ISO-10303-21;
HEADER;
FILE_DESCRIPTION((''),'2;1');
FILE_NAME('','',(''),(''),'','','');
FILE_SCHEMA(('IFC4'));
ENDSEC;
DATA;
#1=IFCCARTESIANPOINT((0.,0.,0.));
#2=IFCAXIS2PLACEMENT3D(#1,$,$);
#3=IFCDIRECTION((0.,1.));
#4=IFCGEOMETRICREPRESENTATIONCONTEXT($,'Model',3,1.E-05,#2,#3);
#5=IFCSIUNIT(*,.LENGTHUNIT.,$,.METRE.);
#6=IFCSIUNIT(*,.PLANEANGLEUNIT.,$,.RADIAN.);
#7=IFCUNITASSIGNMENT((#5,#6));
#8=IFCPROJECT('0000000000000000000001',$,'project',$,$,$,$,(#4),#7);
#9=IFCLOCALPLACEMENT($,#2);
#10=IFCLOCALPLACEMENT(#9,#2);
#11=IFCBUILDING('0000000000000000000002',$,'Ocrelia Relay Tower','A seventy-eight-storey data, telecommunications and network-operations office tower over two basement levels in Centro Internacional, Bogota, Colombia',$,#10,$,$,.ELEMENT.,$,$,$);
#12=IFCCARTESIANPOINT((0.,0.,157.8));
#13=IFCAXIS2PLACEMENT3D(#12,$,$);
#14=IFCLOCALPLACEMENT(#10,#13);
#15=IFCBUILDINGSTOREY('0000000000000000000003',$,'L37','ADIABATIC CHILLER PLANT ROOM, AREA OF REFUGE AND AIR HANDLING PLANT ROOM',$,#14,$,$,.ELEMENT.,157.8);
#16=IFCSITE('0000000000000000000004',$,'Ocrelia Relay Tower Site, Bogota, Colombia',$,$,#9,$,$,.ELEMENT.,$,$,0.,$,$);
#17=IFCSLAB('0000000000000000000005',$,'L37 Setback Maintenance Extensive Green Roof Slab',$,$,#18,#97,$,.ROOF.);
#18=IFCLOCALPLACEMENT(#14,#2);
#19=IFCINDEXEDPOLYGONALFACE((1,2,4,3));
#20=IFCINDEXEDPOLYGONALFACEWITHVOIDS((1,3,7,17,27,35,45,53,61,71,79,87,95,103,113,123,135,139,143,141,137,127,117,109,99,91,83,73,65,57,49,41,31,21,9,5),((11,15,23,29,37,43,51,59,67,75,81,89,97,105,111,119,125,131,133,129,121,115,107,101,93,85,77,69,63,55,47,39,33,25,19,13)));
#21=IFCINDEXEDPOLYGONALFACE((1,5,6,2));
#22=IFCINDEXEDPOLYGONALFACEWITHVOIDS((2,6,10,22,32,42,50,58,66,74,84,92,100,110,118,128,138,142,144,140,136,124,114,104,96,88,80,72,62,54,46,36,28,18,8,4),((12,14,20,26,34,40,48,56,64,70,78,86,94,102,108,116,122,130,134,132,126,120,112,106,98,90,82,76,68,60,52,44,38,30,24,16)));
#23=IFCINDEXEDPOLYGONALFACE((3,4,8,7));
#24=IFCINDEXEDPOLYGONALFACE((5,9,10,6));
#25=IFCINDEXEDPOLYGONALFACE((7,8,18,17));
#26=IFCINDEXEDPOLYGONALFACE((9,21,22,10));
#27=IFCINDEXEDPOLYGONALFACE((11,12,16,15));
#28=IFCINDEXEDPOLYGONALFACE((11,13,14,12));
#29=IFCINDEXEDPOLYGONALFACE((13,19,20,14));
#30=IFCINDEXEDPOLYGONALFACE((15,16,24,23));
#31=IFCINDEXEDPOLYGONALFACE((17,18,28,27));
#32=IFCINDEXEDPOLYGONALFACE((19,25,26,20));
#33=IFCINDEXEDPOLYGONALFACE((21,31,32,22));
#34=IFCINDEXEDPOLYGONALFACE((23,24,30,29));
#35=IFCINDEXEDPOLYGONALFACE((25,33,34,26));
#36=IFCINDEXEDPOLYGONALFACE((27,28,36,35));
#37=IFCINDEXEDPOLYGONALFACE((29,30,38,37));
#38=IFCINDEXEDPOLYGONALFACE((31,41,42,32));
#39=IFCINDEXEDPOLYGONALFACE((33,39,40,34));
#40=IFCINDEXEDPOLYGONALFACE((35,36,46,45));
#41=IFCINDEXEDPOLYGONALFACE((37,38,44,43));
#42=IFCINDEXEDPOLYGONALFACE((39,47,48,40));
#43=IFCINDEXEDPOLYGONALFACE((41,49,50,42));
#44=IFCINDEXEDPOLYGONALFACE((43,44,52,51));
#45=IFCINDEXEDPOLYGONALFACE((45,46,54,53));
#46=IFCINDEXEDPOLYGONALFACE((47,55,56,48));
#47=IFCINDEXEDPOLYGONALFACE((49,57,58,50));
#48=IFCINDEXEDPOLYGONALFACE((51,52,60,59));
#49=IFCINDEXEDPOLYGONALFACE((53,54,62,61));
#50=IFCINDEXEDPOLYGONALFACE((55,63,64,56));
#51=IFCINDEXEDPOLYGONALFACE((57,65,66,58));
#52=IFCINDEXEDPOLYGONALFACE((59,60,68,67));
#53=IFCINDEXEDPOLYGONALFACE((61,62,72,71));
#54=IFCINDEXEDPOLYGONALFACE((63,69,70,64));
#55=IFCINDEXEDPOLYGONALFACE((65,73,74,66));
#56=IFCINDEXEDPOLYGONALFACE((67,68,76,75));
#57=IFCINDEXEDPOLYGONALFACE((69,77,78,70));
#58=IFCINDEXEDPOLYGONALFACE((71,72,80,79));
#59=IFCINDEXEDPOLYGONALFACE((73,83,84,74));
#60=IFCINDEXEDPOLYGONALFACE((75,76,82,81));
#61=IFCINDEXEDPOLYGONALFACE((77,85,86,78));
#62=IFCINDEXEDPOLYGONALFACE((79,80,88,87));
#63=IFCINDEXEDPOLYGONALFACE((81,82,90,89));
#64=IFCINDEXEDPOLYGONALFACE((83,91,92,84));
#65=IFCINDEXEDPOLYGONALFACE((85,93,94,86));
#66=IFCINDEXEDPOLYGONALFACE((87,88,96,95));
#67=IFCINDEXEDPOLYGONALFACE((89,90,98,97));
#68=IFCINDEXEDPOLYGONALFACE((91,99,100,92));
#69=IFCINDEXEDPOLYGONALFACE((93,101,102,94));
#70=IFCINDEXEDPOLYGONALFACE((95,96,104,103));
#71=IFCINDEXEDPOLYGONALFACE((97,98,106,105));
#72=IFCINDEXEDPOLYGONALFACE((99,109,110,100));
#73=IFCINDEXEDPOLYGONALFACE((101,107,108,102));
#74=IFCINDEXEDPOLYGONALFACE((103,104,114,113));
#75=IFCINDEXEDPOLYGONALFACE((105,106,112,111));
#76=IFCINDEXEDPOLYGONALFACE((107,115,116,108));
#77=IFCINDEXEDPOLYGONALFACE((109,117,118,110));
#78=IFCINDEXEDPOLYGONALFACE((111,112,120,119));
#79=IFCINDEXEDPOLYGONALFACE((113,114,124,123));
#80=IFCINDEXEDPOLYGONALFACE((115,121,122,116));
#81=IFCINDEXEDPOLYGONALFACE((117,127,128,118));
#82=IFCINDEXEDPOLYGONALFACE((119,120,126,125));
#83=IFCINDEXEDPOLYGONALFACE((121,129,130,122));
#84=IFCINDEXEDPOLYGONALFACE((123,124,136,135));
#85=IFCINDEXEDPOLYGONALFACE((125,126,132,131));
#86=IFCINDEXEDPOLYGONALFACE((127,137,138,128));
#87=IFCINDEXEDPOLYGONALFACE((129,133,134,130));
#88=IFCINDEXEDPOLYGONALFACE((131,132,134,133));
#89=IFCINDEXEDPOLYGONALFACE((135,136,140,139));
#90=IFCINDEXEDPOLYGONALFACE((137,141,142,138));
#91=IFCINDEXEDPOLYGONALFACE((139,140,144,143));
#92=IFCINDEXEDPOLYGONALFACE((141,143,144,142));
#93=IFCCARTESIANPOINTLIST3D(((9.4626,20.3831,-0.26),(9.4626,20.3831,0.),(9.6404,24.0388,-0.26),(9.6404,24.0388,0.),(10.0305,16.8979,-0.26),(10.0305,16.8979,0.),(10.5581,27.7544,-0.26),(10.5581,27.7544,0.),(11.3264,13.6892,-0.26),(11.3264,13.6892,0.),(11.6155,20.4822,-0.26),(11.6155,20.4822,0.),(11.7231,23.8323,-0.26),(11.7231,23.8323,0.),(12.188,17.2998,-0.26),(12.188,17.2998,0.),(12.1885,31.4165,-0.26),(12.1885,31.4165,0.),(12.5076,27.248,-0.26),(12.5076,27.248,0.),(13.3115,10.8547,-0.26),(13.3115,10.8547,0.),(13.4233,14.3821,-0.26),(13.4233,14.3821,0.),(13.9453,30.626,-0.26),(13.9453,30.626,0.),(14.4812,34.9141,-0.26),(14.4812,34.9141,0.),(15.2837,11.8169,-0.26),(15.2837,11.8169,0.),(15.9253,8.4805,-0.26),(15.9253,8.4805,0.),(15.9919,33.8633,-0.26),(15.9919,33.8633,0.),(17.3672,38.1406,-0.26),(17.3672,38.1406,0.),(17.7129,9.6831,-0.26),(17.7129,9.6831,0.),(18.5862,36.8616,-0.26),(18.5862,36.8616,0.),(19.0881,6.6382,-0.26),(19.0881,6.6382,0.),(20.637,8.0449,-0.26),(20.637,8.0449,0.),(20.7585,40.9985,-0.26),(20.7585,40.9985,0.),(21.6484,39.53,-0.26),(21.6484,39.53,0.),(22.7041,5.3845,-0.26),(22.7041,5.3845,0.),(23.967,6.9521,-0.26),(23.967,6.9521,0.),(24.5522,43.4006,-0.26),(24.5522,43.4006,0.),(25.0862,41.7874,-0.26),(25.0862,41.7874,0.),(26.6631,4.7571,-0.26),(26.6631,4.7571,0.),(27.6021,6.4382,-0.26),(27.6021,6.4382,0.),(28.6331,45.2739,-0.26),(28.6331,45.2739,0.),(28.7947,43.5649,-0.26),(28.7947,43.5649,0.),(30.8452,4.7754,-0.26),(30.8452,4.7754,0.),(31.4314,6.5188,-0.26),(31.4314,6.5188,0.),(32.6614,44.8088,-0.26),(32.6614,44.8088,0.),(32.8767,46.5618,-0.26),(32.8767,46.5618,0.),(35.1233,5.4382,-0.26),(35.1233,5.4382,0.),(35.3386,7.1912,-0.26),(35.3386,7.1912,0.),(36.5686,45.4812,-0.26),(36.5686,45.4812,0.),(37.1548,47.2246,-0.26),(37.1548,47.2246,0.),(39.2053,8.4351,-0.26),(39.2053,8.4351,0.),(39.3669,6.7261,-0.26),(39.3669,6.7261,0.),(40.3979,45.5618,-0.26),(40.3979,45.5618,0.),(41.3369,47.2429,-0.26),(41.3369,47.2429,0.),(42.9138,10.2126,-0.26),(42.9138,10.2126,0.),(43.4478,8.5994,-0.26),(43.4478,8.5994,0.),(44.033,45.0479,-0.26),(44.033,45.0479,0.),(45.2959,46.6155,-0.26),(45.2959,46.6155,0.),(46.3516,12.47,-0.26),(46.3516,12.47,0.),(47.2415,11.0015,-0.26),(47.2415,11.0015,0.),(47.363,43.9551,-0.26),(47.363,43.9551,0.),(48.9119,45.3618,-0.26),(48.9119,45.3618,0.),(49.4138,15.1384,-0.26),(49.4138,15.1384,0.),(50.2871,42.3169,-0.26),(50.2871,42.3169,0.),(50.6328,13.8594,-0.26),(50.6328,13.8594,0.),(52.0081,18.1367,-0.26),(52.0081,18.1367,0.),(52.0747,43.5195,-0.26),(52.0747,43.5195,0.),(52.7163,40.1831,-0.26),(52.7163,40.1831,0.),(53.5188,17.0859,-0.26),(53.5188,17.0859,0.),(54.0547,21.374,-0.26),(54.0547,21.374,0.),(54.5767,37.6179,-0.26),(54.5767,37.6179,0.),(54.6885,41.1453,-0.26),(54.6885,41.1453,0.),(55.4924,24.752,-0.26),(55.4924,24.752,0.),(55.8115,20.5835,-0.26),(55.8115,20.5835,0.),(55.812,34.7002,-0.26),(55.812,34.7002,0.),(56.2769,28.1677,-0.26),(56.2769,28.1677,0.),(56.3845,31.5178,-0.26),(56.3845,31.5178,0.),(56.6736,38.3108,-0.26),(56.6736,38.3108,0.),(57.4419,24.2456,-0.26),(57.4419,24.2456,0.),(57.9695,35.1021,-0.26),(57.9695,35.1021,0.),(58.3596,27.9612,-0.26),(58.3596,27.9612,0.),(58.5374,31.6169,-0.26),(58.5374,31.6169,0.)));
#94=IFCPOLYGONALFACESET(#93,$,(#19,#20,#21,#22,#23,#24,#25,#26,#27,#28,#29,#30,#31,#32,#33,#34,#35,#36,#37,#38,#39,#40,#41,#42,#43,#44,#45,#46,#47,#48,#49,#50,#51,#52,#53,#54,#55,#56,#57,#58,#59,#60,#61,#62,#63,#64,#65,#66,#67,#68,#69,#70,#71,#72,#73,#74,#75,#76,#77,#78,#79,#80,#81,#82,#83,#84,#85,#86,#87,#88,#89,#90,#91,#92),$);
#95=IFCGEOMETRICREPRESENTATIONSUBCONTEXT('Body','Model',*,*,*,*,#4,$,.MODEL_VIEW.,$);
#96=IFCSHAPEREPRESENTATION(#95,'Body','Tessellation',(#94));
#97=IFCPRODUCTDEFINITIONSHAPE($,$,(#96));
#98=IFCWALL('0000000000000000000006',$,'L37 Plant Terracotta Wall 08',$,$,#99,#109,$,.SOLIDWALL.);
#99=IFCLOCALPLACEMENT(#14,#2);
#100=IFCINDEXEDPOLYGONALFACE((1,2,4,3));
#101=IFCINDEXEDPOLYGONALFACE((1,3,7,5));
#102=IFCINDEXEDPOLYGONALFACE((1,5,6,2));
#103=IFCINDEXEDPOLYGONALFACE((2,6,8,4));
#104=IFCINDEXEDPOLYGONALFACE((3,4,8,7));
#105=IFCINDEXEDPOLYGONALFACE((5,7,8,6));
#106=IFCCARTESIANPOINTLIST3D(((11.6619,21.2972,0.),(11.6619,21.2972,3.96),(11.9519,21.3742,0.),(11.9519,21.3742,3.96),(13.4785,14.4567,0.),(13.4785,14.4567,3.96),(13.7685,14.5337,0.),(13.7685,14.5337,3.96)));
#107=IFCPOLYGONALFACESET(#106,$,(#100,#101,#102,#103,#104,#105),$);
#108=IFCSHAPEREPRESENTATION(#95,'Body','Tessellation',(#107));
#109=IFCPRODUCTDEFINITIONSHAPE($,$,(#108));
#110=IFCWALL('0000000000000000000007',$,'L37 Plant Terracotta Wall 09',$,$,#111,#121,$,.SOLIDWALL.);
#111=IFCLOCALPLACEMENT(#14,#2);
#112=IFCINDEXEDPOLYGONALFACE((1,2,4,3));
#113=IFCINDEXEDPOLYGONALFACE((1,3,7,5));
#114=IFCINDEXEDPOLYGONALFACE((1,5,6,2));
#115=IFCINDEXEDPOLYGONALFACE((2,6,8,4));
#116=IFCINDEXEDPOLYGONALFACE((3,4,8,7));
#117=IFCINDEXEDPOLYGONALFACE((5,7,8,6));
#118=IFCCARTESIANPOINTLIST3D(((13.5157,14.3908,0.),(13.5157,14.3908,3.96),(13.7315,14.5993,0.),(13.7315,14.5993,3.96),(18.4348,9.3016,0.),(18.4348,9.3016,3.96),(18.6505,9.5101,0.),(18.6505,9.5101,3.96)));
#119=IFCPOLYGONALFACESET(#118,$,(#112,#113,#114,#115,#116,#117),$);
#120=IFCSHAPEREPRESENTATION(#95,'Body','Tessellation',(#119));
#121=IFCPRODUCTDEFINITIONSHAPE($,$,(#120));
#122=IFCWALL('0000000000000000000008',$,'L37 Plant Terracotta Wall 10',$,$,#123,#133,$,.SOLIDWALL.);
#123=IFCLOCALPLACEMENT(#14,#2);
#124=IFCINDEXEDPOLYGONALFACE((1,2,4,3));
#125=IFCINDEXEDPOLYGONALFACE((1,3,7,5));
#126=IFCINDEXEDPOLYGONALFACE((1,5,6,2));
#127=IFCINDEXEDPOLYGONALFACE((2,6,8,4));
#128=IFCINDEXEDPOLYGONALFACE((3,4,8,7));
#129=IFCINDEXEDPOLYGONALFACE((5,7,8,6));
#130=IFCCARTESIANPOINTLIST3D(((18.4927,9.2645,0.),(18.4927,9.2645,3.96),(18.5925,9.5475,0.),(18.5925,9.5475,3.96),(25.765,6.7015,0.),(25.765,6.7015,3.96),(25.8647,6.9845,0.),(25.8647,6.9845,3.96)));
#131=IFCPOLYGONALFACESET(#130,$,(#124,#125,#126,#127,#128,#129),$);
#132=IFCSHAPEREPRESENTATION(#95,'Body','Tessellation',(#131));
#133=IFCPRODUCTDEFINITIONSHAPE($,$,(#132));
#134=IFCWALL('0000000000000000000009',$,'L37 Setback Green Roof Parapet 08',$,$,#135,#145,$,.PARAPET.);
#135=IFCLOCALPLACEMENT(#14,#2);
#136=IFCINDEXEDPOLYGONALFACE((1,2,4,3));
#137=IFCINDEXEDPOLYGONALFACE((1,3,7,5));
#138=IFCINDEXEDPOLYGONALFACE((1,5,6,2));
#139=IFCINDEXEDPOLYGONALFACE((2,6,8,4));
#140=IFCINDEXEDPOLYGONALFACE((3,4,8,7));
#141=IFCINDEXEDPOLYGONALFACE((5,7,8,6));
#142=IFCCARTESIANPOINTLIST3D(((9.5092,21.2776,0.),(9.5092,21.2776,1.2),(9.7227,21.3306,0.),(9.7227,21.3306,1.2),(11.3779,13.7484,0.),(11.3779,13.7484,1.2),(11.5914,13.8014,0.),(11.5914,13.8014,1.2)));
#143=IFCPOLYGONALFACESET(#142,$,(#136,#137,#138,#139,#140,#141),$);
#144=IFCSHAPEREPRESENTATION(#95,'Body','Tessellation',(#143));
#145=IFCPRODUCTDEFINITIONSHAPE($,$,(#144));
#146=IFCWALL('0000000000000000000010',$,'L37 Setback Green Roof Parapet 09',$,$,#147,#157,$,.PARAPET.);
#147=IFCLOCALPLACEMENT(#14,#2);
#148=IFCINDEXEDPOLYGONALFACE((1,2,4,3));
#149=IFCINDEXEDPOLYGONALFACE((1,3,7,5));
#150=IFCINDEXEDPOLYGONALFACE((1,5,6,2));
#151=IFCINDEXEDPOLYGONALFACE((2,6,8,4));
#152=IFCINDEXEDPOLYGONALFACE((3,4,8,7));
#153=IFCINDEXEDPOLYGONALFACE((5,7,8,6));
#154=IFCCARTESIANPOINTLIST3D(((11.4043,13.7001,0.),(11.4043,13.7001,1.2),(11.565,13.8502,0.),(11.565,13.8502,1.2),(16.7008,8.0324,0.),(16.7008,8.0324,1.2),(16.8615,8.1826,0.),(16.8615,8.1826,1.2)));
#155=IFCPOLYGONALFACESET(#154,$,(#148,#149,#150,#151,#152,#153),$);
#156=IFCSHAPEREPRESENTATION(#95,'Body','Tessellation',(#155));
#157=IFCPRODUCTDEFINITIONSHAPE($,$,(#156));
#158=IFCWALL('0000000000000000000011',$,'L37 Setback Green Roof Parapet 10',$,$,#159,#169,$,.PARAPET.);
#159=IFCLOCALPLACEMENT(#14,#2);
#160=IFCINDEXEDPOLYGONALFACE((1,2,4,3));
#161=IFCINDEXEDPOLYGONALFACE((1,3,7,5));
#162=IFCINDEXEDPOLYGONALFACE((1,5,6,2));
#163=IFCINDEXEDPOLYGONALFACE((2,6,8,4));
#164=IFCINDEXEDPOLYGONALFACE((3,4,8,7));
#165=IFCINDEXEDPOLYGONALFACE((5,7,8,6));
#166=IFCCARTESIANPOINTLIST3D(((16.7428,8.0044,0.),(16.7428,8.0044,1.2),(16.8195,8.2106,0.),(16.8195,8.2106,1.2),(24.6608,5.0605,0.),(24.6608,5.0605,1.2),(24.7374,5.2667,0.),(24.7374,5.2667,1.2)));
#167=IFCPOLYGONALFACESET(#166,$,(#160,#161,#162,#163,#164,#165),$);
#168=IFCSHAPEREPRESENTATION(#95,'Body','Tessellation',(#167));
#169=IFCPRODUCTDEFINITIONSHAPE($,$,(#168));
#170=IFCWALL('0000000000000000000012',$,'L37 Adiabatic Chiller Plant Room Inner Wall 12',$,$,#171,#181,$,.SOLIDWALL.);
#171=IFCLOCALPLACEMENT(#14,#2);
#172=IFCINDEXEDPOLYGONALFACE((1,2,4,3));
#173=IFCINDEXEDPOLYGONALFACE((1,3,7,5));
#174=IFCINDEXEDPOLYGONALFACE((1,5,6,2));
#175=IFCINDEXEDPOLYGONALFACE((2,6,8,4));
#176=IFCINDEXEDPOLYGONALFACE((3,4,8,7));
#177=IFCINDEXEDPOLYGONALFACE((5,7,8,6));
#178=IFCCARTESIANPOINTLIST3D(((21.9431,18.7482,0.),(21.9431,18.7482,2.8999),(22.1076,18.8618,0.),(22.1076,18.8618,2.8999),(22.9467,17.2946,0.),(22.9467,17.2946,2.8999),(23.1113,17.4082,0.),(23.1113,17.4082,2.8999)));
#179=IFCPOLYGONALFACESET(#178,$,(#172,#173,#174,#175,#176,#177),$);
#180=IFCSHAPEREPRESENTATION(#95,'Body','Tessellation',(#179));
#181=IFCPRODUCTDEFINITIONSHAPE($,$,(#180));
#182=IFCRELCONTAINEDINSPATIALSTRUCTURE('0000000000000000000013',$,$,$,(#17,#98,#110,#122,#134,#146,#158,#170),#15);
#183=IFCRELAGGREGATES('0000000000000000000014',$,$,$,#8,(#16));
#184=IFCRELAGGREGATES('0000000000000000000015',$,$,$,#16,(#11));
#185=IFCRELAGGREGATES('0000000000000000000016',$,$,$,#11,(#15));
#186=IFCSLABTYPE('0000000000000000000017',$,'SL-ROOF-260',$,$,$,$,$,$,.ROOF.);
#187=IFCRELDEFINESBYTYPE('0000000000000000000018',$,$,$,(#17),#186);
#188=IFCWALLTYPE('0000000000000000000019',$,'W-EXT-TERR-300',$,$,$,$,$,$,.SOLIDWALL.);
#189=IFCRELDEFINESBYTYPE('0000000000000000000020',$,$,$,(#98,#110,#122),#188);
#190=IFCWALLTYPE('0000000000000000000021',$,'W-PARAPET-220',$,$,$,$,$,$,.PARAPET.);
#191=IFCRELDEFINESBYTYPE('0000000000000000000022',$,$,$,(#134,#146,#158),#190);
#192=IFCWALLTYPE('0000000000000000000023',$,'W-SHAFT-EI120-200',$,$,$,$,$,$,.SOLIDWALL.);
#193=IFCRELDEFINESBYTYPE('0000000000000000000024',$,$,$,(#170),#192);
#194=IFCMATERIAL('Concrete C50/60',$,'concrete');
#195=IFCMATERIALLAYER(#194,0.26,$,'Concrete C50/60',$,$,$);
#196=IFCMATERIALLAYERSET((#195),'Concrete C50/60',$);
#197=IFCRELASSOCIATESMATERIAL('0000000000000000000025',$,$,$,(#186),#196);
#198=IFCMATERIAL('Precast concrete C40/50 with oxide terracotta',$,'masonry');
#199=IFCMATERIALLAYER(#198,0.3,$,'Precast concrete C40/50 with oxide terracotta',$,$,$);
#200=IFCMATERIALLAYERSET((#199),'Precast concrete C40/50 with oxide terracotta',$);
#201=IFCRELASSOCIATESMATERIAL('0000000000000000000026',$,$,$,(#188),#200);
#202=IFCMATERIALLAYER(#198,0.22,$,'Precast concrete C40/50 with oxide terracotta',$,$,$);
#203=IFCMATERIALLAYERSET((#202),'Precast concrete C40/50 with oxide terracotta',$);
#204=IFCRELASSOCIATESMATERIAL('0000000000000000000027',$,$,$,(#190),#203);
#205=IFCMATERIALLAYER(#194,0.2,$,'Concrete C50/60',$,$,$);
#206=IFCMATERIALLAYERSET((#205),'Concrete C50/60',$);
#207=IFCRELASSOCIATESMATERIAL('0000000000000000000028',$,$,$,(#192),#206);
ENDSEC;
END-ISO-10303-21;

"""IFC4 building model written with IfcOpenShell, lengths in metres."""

from ifc_helpers import new_model, si_unit, direction, frame, frame_2d, origin, place, context, subcontext, project, spatial, polyline, rectangle, outline, extrude, material, layer, layer_set, type_object, element, save


model = new_model("IFC4")

# Units and contexts
model_context = context("Model", 3, precision=1e-05, world=origin(), true_north=direction((0.0, 1.0)))
body_context = subcontext(model_context, "Body", "Model", "MODEL_VIEW")
ifc_project = project(units=[si_unit("LENGTHUNIT", "METRE"), si_unit("PLANEANGLEUNIT", "RADIAN")], contexts=[model_context])

# Site, building, storey
site_placement = place(None, origin())
site = spatial("IfcSite", under=ifc_project, at=site_placement, Name="Ocrelia Relay Tower Site, Bogota, Colombia", CompositionType="ELEMENT", RefElevation=0.0)
building_placement = place(site_placement, origin())
building = spatial("IfcBuilding", under=site, at=building_placement, Name="Ocrelia Relay Tower", Description="A seventy-eight-storey data, telecommunications and network-operations office tower over two basement levels in Centro Internacional, Bogota, Colombia", CompositionType="ELEMENT")
storey_placement = place(building_placement, frame((0.0, 0.0, 157.8)))
storey = spatial("IfcBuildingStorey", under=building, at=storey_placement, Name="L37", Description="ADIABATIC CHILLER PLANT ROOM, AREA OF REFUGE AND AIR HANDLING PLANT ROOM", CompositionType="ELEMENT", Elevation=157.8)

# Shared definitions
ifc_material_1 = material(Name="Concrete C50/60", Category="concrete")

# Slab
ifc_layer_1 = layer(ifc_material_1, 0.26, Name="Concrete C50/60")
ifc_layer_set_1 = layer_set([ifc_layer_1], Name="Concrete C50/60")
slab_type_1 = type_object("IfcSlabType", Name="SL-ROOF-260", PredefinedType="ROOF", material=ifc_layer_set_1)
slab_1_placement = place(storey_placement, frame((0.0, 0.0, -0.26)))
element("IfcSlab", 1, at=slab_1_placement, inside=storey, type_object=slab_type_1, Name="L37 Setback Maintenance Extensive Green Roof Slab", PredefinedType="ROOF", context=body_context, shape_type="SweptSolid", body=[
    extrude(outline(polyline([(56.6736, 38.3108), (54.6885, 41.1453), (52.0747, 43.5195), (48.9119, 45.3618), (45.2959, 46.6155), (41.3369, 47.2429), (37.1548, 47.2246), (32.8767, 46.5618), (28.6331, 45.2739), (24.5522, 43.4006), (20.7585, 40.9985), (17.3672, 38.1406), (14.4812, 34.9141), (12.1885, 31.4165), (10.5581, 27.7544), (9.6404, 24.0388), (9.4626, 20.3831), (10.0305, 16.8979), (11.3264, 13.6892), (13.3115, 10.8547), (15.9253, 8.4805), (19.0881, 6.6382), (22.7041, 5.3845), (26.6631, 4.7571), (30.8452, 4.7754), (35.1233, 5.4382), (39.3669, 6.7261), (43.4478, 8.5994), (47.2415, 11.0015), (50.6328, 13.8594), (53.5188, 17.0859), (55.8115, 20.5835), (57.4419, 24.2456), (58.3596, 27.9612), (58.5374, 31.6169), (57.9695, 35.1021), (56.6736, 38.3108)]), holes=[polyline([(54.5767, 37.6179), (52.7163, 40.1831), (50.2871, 42.3169), (47.363, 43.9551), (44.033, 45.0479), (40.3979, 45.5618), (36.5686, 45.4812), (32.6614, 44.8088), (28.7947, 43.5649), (25.0862, 41.7874), (21.6484, 39.53), (18.5862, 36.8616), (15.9919, 33.8633), (13.9453, 30.626), (12.5076, 27.248), (11.7231, 23.8323), (11.6155, 20.4822), (12.188, 17.2998), (13.4233, 14.3821), (15.2837, 11.8169), (17.7129, 9.6831), (20.637, 8.0449), (23.967, 6.9521), (27.6021, 6.4382), (31.4314, 6.5188), (35.3386, 7.1912), (39.2053, 8.4351), (42.9138, 10.2126), (46.3516, 12.47), (49.4138, 15.1384), (52.0081, 18.1367), (54.0547, 21.374), (55.4924, 24.752), (56.2769, 28.1677), (56.3845, 31.5178), (55.812, 34.7002), (54.5767, 37.6179)])]), origin(), (0.0, 0.0, 1.0), 0.26),
])

# Walls
ifc_material_2 = material(Name="Precast concrete C40/50 with oxide terracotta", Category="masonry")
ifc_layer_2 = layer(ifc_material_2, 0.3, Name="Precast concrete C40/50 with oxide terracotta")
ifc_layer_set_2 = layer_set([ifc_layer_2], Name="Precast concrete C40/50 with oxide terracotta")
wall_type_1 = type_object("IfcWallType", Name="W-EXT-TERR-300", PredefinedType="SOLIDWALL", material=ifc_layer_set_2)
wall_1_placement = place(storey_placement, frame((11.8069, 21.3357, 0.0), z_axis=(0.0, 0.0, 1.0), x_axis=(0.256673, -0.966498, 0.0)))
element("IfcWall", 2, at=wall_1_placement, inside=storey, type_object=wall_type_1, Name="L37 Plant Terracotta Wall 08", PredefinedType="SOLIDWALL", context=body_context, shape_type="SweptSolid", body=[
    extrude(rectangle(XDim=7.0776, YDim=0.3, at=frame_2d((3.5388, 0.0))), origin(), (0.0, 0.0, 1.0), 3.96),
])
wall_2_placement = place(storey_placement, frame((13.6235, 14.4951, 0.0), z_axis=(0.0, 0.0, 1.0), x_axis=(0.694983, -0.719026, 0.0)))
element("IfcWall", 3, at=wall_2_placement, inside=storey, type_object=wall_type_1, Name="L37 Plant Terracotta Wall 09", PredefinedType="SOLIDWALL", context=body_context, shape_type="SweptSolid", body=[
    extrude(rectangle(XDim=7.0779, YDim=0.3, at=frame_2d((3.5391, 0.0))), origin(), (0.0, 0.0, 1.0), 3.96),
])
wall_3_placement = place(storey_placement, frame((18.5425, 9.406, 0.0), z_axis=(0.0, 0.0, 1.0), x_axis=(0.94314, -0.332396, 0.0)))
element("IfcWall", 4, at=wall_3_placement, inside=storey, type_object=wall_type_1, Name="L37 Plant Terracotta Wall 10", PredefinedType="SOLIDWALL", context=body_context, shape_type="SweptSolid", body=[
    extrude(rectangle(XDim=7.7107, YDim=0.3, at=frame_2d((3.8555, 0.0))), origin(), (0.0, 0.0, 1.0), 3.96),
])
ifc_layer_3 = layer(ifc_material_2, 0.22, Name="Precast concrete C40/50 with oxide terracotta")
ifc_layer_set_3 = layer_set([ifc_layer_3], Name="Precast concrete C40/50 with oxide terracotta")
wall_type_2 = type_object("IfcWallType", Name="W-PARAPET-220", PredefinedType="PARAPET", material=ifc_layer_set_3)
wall_4_placement = place(storey_placement, frame((9.616, 21.3042, 0.0), z_axis=(0.0, 0.0, 1.0), x_axis=(0.240884, -0.970554, 0.0)))
element("IfcWall", 5, at=wall_4_placement, inside=storey, type_object=wall_type_2, Name="L37 Setback Green Roof Parapet 08", PredefinedType="PARAPET", context=body_context, shape_type="SweptSolid", body=[
    extrude(rectangle(XDim=7.7576, YDim=0.22, at=frame_2d((3.8789, 0.0))), origin(), (0.0, 0.0, 1.0), 1.2),
])
wall_5_placement = place(storey_placement, frame((11.4846, 13.7751, 0.0), z_axis=(0.0, 0.0, 1.0), x_axis=(0.682783, -0.730621, 0.0)))
element("IfcWall", 6, at=wall_5_placement, inside=storey, type_object=wall_type_2, Name="L37 Setback Green Roof Parapet 09", PredefinedType="PARAPET", context=body_context, shape_type="SweptSolid", body=[
    extrude(rectangle(XDim=7.7573, YDim=0.22, at=frame_2d((3.8787, 0.0))), origin(), (0.0, 0.0, 1.0), 1.2),
])
wall_6_placement = place(storey_placement, frame((16.7812, 8.1074, 0.0), z_axis=(0.0, 0.0, 1.0), x_axis=(0.937314, -0.348487, 0.0)))
element("IfcWall", 7, at=wall_6_placement, inside=storey, type_object=wall_type_2, Name="L37 Setback Green Roof Parapet 10", PredefinedType="PARAPET", context=body_context, shape_type="SweptSolid", body=[
    extrude(rectangle(XDim=8.4475, YDim=0.22, at=frame_2d((4.2236, 0.0))), origin(), (0.0, 0.0, 1.0), 1.2),
])
ifc_layer_4 = layer(ifc_material_1, 0.2, Name="Concrete C50/60")
ifc_layer_set_4 = layer_set([ifc_layer_4], Name="Concrete C50/60")
wall_type_3 = type_object("IfcWallType", Name="W-SHAFT-EI120-200", PredefinedType="SOLIDWALL", material=ifc_layer_set_4)
for number, where, z_axis, x_axis, name in (
    (8, (23.0291, 17.3513, 0.0), (0.0, 0.0, 1.0), (-0.568182, 0.822903, 0.0), "L37 Adiabatic Chiller Plant Room Inner Wall 12"),
):
    element("IfcWall", number, at=place(storey_placement, frame(where, z_axis=z_axis, x_axis=x_axis)), inside=storey, type_object=wall_type_3, Name=name, PredefinedType="SOLIDWALL", context=body_context, shape_type="SweptSolid", body=[
        extrude(rectangle(XDim=1.7664, YDim=0.2, at=frame_2d((0.8833, 0.0))), origin(), (0.0, 0.0, 1.0), 2.8999),
    ])

save(model, "model.ifc")
